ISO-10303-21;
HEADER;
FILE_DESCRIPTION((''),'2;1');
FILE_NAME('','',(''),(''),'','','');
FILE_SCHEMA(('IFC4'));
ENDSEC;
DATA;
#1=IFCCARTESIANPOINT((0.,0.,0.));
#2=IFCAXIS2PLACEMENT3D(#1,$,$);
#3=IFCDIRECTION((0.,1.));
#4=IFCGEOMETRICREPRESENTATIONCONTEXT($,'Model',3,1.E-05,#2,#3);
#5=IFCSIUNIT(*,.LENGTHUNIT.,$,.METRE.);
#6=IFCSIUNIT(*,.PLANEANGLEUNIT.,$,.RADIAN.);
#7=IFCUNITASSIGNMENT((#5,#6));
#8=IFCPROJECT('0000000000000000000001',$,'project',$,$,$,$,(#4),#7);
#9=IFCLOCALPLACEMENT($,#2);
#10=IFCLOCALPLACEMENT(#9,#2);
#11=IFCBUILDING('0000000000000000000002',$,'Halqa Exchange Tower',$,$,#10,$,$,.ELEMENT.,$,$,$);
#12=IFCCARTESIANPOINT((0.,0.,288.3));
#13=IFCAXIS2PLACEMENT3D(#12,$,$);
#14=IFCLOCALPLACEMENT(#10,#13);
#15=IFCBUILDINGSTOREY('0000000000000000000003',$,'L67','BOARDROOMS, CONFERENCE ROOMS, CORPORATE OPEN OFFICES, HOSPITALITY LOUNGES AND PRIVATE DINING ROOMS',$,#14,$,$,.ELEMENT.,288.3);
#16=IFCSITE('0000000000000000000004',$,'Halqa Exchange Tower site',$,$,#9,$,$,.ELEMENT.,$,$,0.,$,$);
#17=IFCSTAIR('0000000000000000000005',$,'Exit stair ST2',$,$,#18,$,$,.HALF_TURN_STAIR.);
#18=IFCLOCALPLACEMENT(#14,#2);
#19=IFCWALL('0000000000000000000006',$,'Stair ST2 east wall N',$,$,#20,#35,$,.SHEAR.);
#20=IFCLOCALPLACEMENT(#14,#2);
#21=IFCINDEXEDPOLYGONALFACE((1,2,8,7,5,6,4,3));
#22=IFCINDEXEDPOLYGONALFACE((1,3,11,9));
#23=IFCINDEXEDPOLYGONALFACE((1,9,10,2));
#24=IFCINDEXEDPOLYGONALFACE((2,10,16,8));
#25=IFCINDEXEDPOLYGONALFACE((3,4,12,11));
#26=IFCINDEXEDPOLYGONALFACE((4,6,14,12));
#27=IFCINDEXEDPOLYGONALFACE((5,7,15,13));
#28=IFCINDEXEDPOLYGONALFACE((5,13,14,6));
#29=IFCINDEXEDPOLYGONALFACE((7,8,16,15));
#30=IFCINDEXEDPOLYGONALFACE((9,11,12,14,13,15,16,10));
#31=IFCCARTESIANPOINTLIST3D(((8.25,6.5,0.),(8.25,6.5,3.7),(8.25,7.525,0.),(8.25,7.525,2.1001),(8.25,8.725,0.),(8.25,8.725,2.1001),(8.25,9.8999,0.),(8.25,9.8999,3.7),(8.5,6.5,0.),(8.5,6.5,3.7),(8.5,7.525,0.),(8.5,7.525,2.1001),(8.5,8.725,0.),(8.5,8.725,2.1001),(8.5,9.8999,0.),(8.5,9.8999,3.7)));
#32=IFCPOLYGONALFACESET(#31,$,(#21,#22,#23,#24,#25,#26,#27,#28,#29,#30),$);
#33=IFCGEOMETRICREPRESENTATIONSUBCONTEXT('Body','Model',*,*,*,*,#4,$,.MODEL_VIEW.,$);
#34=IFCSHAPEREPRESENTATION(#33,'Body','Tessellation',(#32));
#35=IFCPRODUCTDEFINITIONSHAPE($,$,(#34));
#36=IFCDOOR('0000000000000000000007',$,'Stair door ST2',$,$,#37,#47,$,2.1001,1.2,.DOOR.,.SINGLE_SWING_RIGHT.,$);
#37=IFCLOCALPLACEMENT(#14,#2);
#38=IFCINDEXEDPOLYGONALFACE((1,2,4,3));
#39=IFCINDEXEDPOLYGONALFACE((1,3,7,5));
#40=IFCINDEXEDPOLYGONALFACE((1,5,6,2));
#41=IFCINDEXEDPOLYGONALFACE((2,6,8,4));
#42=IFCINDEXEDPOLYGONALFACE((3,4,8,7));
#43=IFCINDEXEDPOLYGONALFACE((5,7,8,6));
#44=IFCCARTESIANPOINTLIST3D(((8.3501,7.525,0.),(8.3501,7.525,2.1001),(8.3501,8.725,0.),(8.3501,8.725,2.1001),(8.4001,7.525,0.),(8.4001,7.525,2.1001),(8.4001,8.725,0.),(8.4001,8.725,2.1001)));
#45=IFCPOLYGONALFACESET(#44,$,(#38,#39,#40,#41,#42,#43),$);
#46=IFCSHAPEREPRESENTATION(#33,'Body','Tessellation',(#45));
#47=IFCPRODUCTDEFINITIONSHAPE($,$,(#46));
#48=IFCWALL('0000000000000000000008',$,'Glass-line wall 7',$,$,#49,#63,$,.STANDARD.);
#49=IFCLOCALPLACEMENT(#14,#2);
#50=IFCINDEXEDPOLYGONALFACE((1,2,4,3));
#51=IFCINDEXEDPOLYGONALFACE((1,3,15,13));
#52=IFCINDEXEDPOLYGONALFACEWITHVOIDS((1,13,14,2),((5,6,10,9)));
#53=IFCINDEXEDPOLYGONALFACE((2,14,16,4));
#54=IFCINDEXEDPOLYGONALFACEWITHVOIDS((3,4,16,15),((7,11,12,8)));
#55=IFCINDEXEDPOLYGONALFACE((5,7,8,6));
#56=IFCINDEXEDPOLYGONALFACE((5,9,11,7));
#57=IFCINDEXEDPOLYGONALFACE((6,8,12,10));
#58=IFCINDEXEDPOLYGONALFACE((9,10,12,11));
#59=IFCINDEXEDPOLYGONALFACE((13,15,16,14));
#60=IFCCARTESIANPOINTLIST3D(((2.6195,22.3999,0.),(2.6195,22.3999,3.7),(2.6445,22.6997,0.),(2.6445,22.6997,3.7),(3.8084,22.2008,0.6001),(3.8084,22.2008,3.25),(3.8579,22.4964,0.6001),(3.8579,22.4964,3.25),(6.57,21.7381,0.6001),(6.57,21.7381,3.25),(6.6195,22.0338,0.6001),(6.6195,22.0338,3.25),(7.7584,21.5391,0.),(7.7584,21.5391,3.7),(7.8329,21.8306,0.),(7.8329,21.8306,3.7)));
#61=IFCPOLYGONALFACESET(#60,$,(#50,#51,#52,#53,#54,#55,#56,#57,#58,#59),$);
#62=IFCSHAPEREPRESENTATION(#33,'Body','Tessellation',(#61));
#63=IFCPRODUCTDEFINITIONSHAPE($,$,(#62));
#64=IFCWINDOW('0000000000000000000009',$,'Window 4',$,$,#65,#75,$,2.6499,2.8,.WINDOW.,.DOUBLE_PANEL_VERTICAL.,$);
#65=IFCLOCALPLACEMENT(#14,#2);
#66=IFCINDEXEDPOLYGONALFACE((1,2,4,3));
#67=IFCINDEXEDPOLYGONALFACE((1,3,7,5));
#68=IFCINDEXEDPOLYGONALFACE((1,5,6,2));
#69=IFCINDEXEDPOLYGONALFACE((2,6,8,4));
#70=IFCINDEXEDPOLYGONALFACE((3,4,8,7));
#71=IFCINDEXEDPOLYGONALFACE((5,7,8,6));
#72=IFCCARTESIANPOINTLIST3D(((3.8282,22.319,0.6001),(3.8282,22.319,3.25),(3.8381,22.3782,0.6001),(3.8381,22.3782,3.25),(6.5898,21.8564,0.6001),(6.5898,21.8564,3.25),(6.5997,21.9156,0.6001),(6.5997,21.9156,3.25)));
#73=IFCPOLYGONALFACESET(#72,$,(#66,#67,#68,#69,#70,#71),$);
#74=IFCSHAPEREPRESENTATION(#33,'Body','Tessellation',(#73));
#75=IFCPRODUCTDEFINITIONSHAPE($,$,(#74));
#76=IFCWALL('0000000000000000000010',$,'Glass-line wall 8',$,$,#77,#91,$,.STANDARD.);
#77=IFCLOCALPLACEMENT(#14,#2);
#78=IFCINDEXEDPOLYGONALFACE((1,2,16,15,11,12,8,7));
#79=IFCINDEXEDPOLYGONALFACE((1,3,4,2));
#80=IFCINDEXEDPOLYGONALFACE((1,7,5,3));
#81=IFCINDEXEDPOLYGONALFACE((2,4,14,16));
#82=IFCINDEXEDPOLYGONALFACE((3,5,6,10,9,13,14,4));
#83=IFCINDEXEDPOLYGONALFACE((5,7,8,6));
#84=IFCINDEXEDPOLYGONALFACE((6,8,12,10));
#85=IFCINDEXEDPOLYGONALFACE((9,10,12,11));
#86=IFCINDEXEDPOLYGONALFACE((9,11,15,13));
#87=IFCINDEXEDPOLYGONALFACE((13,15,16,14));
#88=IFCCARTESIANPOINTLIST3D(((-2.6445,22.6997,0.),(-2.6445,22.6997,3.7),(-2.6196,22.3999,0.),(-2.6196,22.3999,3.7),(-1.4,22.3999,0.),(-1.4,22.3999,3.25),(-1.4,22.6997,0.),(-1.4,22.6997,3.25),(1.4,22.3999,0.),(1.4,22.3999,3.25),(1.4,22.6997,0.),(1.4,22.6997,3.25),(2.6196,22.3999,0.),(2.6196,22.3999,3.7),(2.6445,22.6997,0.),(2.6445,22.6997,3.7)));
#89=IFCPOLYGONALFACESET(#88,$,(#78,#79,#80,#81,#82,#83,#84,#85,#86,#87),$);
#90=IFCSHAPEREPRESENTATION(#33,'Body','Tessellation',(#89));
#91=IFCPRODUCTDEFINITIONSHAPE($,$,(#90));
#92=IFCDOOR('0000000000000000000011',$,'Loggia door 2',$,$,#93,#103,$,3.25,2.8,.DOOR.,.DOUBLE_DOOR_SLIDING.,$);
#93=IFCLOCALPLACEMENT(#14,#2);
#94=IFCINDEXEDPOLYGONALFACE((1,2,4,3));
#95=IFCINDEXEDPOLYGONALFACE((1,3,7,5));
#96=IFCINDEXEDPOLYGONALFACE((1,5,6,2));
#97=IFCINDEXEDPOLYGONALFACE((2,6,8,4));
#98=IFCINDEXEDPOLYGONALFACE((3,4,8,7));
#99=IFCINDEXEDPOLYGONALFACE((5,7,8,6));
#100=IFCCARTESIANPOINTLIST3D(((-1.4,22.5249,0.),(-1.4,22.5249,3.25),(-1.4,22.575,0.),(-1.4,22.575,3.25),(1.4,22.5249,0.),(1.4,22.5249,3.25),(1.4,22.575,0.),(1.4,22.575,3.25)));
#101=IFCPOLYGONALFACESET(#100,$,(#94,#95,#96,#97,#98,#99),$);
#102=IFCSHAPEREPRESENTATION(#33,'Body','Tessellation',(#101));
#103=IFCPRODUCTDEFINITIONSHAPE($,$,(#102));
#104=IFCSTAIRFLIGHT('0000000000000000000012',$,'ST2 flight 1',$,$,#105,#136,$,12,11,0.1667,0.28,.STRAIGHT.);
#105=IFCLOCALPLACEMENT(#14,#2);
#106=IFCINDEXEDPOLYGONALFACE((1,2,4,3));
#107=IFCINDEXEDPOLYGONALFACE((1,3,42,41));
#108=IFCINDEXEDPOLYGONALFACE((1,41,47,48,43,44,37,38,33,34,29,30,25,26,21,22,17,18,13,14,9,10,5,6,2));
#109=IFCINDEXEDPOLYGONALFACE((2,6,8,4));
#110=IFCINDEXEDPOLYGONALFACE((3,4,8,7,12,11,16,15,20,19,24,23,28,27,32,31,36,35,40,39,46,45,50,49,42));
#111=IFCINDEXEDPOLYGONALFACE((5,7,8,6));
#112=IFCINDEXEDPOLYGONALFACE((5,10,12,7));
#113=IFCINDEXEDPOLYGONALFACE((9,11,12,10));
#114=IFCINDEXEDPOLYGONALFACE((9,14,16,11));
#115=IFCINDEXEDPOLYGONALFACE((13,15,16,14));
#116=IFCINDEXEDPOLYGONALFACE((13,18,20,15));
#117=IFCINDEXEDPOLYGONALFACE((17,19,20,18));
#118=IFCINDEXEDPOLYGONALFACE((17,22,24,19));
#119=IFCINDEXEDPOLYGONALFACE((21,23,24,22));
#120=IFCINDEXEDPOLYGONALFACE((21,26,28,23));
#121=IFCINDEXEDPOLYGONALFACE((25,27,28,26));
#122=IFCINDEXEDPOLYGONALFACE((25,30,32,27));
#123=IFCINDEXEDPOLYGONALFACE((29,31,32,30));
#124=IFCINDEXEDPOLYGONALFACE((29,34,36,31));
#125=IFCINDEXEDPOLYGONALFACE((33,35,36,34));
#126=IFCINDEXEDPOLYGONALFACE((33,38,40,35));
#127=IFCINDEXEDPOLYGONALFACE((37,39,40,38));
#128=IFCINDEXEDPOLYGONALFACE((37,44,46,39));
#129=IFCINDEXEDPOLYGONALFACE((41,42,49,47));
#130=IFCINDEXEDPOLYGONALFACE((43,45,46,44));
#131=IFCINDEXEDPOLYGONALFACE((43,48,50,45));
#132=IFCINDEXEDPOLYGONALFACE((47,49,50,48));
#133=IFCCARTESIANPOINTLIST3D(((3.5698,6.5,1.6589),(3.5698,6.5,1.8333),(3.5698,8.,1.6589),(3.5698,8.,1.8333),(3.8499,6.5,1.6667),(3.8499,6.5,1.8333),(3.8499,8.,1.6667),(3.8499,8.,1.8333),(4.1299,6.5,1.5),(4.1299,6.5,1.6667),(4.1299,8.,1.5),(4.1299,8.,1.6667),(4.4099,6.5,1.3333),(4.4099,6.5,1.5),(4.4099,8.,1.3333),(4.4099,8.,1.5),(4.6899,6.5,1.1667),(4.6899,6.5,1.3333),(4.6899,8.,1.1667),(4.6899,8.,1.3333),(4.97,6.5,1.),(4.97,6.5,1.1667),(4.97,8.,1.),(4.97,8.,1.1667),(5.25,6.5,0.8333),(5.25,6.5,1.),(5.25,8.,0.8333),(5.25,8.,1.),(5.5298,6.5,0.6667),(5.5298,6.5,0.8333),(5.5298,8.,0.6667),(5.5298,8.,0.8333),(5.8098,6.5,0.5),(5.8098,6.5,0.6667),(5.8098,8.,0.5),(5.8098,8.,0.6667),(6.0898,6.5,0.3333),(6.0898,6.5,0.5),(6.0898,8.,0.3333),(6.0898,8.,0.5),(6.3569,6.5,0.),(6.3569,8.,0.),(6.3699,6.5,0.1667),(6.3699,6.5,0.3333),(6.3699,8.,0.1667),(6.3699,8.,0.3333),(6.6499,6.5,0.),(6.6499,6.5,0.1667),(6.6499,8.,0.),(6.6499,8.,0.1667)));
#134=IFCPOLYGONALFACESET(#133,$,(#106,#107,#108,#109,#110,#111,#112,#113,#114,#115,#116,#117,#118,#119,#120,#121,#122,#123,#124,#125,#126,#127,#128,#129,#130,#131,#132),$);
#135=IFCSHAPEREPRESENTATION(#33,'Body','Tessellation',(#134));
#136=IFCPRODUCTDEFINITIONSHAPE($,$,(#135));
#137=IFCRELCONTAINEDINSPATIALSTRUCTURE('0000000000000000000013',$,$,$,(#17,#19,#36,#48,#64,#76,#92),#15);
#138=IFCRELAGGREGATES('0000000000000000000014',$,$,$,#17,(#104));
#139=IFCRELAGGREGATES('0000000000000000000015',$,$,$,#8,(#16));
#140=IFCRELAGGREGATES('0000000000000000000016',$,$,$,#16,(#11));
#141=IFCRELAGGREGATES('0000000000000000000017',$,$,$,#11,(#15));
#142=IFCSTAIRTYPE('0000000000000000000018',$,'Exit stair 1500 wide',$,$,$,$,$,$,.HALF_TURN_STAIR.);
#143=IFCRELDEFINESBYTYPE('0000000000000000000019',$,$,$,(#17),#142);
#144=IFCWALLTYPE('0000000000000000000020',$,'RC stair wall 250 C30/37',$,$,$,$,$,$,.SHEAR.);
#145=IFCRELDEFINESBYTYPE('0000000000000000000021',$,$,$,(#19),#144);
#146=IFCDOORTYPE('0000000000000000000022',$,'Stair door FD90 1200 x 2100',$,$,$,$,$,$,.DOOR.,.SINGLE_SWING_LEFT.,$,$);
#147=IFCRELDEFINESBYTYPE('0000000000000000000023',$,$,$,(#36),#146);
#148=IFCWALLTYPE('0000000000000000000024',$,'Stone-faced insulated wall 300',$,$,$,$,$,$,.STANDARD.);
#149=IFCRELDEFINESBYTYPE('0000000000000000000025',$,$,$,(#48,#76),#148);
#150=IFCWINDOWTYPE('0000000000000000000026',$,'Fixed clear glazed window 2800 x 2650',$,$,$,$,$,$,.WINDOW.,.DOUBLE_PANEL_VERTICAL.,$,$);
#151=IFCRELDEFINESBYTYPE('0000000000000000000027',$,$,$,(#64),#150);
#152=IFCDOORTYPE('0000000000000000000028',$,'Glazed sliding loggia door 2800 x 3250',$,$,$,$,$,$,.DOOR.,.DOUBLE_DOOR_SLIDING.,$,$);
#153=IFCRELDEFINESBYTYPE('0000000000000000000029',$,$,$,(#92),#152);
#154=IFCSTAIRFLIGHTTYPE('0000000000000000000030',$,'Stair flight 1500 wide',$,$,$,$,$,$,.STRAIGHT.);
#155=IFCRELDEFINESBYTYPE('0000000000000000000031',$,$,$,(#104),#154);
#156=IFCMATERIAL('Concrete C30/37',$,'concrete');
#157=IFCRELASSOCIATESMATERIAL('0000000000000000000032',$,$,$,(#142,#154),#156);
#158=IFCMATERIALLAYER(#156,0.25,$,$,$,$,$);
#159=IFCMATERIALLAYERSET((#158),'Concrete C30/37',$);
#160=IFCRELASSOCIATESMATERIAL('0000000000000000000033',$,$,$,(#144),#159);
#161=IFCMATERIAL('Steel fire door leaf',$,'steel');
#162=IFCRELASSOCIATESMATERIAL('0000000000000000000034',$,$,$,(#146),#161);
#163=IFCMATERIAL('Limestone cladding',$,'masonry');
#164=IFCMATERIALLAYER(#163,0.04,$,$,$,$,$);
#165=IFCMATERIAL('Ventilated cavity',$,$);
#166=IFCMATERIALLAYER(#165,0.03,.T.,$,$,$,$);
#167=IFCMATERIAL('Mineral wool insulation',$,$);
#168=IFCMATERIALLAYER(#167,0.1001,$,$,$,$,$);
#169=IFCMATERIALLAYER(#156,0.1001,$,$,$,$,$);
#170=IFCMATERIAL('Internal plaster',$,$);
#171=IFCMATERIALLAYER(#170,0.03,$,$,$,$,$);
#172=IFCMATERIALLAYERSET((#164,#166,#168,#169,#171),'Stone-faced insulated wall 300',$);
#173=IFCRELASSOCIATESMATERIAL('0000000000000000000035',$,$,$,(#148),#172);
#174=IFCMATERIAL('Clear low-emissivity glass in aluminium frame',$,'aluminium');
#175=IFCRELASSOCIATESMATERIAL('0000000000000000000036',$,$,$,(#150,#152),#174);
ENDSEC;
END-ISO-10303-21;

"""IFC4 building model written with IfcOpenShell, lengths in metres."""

from ifc_helpers import new_model, si_unit, direction, frame, frame_2d, origin, place, context, subcontext, project, spatial, polyline, rectangle, outline, extrude, material, layer, layer_set, type_object, element, fill, aggregate, save


model = new_model("IFC4")

# Units and contexts
model_context = context("Model", 3, precision=1e-05, world=origin(), true_north=direction((0.0, 1.0)))
body_context = subcontext(model_context, "Body", "Model", "MODEL_VIEW")
ifc_project = project(units=[si_unit("LENGTHUNIT", "METRE"), si_unit("PLANEANGLEUNIT", "RADIAN")], contexts=[model_context])

# Site, building, storey
site_placement = place(None, origin())
site = spatial("IfcSite", under=ifc_project, at=site_placement, Name="Halqa Exchange Tower site", CompositionType="ELEMENT", RefElevation=0.0)
building_placement = place(site_placement, origin())
building = spatial("IfcBuilding", under=site, at=building_placement, Name="Halqa Exchange Tower", CompositionType="ELEMENT")
storey_placement = place(building_placement, frame((0.0, 0.0, 288.3)))
storey = spatial("IfcBuildingStorey", under=building, at=storey_placement, Name="L67", Description="BOARDROOMS, CONFERENCE ROOMS, CORPORATE OPEN OFFICES, HOSPITALITY LOUNGES AND PRIVATE DINING ROOMS", CompositionType="ELEMENT", Elevation=288.3)

# Stair
ifc_material_1 = material(Name="Concrete C30/37", Category="concrete")
stair_type = type_object("IfcStairType", Name="Exit stair 1500 wide", PredefinedType="HALF_TURN_STAIR", material=ifc_material_1)
stair_1_placement = place(storey_placement, origin())
stair_1 = element("IfcStair", 1, at=stair_1_placement, inside=storey, type_object=stair_type, Name="Exit stair ST2", PredefinedType="HALF_TURN_STAIR")

# Shared definitions
ifc_layer_1 = layer(ifc_material_1, 0.25)
ifc_layer_set_1 = layer_set([ifc_layer_1], Name="Concrete C30/37")
wall_type_1 = type_object("IfcWallType", Name="RC stair wall 250 C30/37", PredefinedType="SHEAR", material=ifc_layer_set_1)

# Wall, opening, door
wall_1_placement = place(storey_placement, frame((8.375, 6.5, 0.0), z_axis=(0.0, 0.0, 1.0), x_axis=(0.0, 1.0, 0.0)))
wall_1 = element("IfcWall", 2, at=wall_1_placement, inside=storey, type_object=wall_type_1, Name="Stair ST2 east wall N", PredefinedType="SHEAR", context=body_context, shape_type="SweptSolid", body=[
    extrude(rectangle(XDim=3.3999, YDim=0.25, at=frame_2d((1.7, 0.0))), origin(), (0.0, 0.0, 1.0), 3.7),
])
opening_1_placement = place(wall_1_placement, frame((1.0249, 0.0, 0.0)))
opening_1 = element("IfcOpeningElement", 3, at=opening_1_placement, cuts=wall_1, PredefinedType="OPENING", context=body_context, shape_type="SweptSolid", body=[
    extrude(rectangle(XDim=1.2, YDim=2.1001, at=frame_2d((0.6001, 1.05))), frame((0.0, 0.137, 0.0), z_axis=(0.0, -1.0, 0.0), x_axis=(1.0, 0.0, 0.0)), (0.0, 0.0, 1.0), 0.2739),
])
ifc_material_2 = material(Name="Steel fire door leaf", Category="steel")
door_type_1 = type_object("IfcDoorType", Name="Stair door FD90 1200 x 2100", OperationType="SINGLE_SWING_LEFT", PredefinedType="DOOR", material=ifc_material_2)
door_1_placement = place(opening_1_placement, origin())
door_1 = element("IfcDoor", 4, at=door_1_placement, inside=storey, type_object=door_type_1, Name="Stair door ST2", OperationType="SINGLE_SWING_RIGHT", OverallHeight=2.1001, OverallWidth=1.2, PredefinedType="DOOR", context=body_context, shape_type="SweptSolid", body=[
    extrude(rectangle(XDim=1.2, YDim=2.1001, at=frame_2d((0.6001, 1.05))), frame((0.0, 0.0249, 0.0), z_axis=(0.0, -1.0, 0.0), x_axis=(1.0, 0.0, 0.0)), (0.0, 0.0, 1.0), 0.05),
])
fill(opening_1, door_1)

# Wall, opening, window
ifc_material_3 = material(Name="Limestone cladding", Category="masonry")
ifc_layer_2 = layer(ifc_material_3, 0.04)
ifc_material_4 = material(Name="Ventilated cavity")
ifc_layer_3 = layer(ifc_material_4, 0.03, ventilated=True)
ifc_material_5 = material(Name="Mineral wool insulation")
ifc_layer_4 = layer(ifc_material_5, 0.1001)
ifc_layer_5 = layer(ifc_material_1, 0.1001)
ifc_material_6 = material(Name="Internal plaster")
ifc_layer_6 = layer(ifc_material_6, 0.03)
ifc_layer_set_2 = layer_set([ifc_layer_2, ifc_layer_3, ifc_layer_4, ifc_layer_5, ifc_layer_6], Name="Stone-faced insulated wall 300")
wall_type_2 = type_object("IfcWallType", Name="Stone-faced insulated wall 300", PredefinedType="STANDARD", material=ifc_layer_set_2)
wall_2_placement = place(storey_placement, frame((7.7957, 21.6848, 0.0), z_axis=(0.0, 0.0, 1.0), x_axis=(-0.986257, 0.165216, 0.0)))
wall_2 = element("IfcWall", 5, at=wall_2_placement, inside=storey, type_object=wall_type_2, Name="Glass-line wall 7", PredefinedType="STANDARD", context=body_context, shape_type="SweptSolid", body=[
    extrude(outline(polyline([(-0.0127, -0.1499), (5.248, -0.1499), (5.2231, 0.1499), (0.0127, 0.1499), (-0.0127, -0.1499)])), origin(), (0.0, 0.0, 1.0), 3.7),
])
opening_2_placement = place(wall_2_placement, frame((1.2178, 0.0, 0.6001)))
opening_2 = element("IfcOpeningElement", 6, at=opening_2_placement, cuts=wall_2, PredefinedType="OPENING", context=body_context, shape_type="SweptSolid", body=[
    extrude(rectangle(XDim=2.8, YDim=2.6499, at=frame_2d((1.3999, 1.325))), frame((0.0, 0.1621, 0.0), z_axis=(0.0, -1.0, 0.0), x_axis=(1.0, 0.0, 0.0)), (0.0, 0.0, 1.0), 0.324),
])
ifc_material_7 = material(Name="Clear low-emissivity glass in aluminium frame", Category="aluminium")
window_type = type_object("IfcWindowType", Name="Fixed clear glazed window 2800 x 2650", PartitioningType="DOUBLE_PANEL_VERTICAL", PredefinedType="WINDOW", material=ifc_material_7)
window_placement = place(opening_2_placement, origin())
window = element("IfcWindow", 7, at=window_placement, inside=storey, type_object=window_type, Name="Window 4", OverallHeight=2.6499, OverallWidth=2.8, PartitioningType="DOUBLE_PANEL_VERTICAL", PredefinedType="WINDOW", context=body_context, shape_type="SweptSolid", body=[
    extrude(rectangle(XDim=2.8, YDim=2.6499, at=frame_2d((1.3999, 1.325))), frame((0.0, 0.03, 0.0), z_axis=(0.0, -1.0, 0.0), x_axis=(1.0, 0.0, 0.0)), (0.0, 0.0, 1.0), 0.0601),
])
fill(opening_2, window)

# Wall, opening, door
wall_3_placement = place(storey_placement, frame((2.6321, 22.5498, 0.0), z_axis=(0.0, 0.0, 1.0), x_axis=(-1.0, 0.0, 0.0)))
wall_3 = element("IfcWall", 8, at=wall_3_placement, inside=storey, type_object=wall_type_2, Name="Glass-line wall 8", PredefinedType="STANDARD", context=body_context, shape_type="SweptSolid", body=[
    extrude(outline(polyline([(-0.0125, -0.1499), (5.2766, -0.1499), (5.2517, 0.1499), (0.0125, 0.1499), (-0.0125, -0.1499)])), origin(), (0.0, 0.0, 1.0), 3.7),
])
opening_3_placement = place(wall_3_placement, frame((1.2322, 0.0, 0.0)))
opening_3 = element("IfcOpeningElement", 9, at=opening_3_placement, cuts=wall_3, PredefinedType="OPENING", context=body_context, shape_type="SweptSolid", body=[
    extrude(rectangle(XDim=2.8, YDim=3.25, at=frame_2d((1.3999, 1.625))), frame((0.0, 0.1621, 0.0), z_axis=(0.0, -1.0, 0.0), x_axis=(1.0, 0.0, 0.0)), (0.0, 0.0, 1.0), 0.324),
])
door_type_2 = type_object("IfcDoorType", Name="Glazed sliding loggia door 2800 x 3250", OperationType="DOUBLE_DOOR_SLIDING", PredefinedType="DOOR", material=ifc_material_7)
door_2_placement = place(opening_3_placement, origin())
door_2 = element("IfcDoor", 10, at=door_2_placement, inside=storey, type_object=door_type_2, Name="Loggia door 2", OperationType="DOUBLE_DOOR_SLIDING", OverallHeight=3.25, OverallWidth=2.8, PredefinedType="DOOR", context=body_context, shape_type="SweptSolid", body=[
    extrude(rectangle(XDim=2.8, YDim=3.25, at=frame_2d((1.3999, 1.625))), frame((0.0, 0.0249, 0.0), z_axis=(0.0, -1.0, 0.0), x_axis=(1.0, 0.0, 0.0)), (0.0, 0.0, 1.0), 0.05),
])
fill(opening_3, door_2)

# Stair flight
stair_flight_type = type_object("IfcStairFlightType", Name="Stair flight 1500 wide", PredefinedType="STRAIGHT", material=ifc_material_1)
stair_flight_1_placement = place(storey_placement, frame((6.6499, 7.25, 0.0), z_axis=(0.0, 0.0, 1.0), x_axis=(-1.0, 0.0, 0.0)))
stair_flight_1 = element("IfcStairFlight", 11, at=stair_flight_1_placement, type_object=stair_flight_type, Name="ST2 flight 1", NumberOfRisers=12, NumberOfTreads=11, PredefinedType="STRAIGHT", RiserHeight=0.1667, TreadLength=0.28, context=body_context, shape_type="SweptSolid", body=[
    extrude(outline(polyline([(0.0, 0.0), (0.0, 0.1667), (0.28, 0.1667), (0.28, 0.3333), (0.5601, 0.3333), (0.5601, 0.5), (0.8401, 0.5), (0.8401, 0.6667), (1.1201, 0.6667), (1.1201, 0.8333), (1.3999, 0.8333), (1.3999, 1.0), (1.6799, 1.0), (1.6799, 1.1667), (1.96, 1.1667), (1.96, 1.3333), (2.24, 1.3333), (2.24, 1.5), (2.52, 1.5), (2.52, 1.6667), (2.8, 1.6667), (2.8, 1.8333), (3.0801, 1.8333), (3.0801, 2.0), (3.0801, 1.6589), (0.293, 0.0), (0.0, 0.0)])), frame((0.0, 0.75, 0.0), z_axis=(0.0, -1.0, 0.0), x_axis=(1.0, 0.0, 0.0)), (0.0, 0.0, 1.0), 1.5),
])
aggregate(stair_1, [stair_flight_1])

save(model, "model.ifc")
